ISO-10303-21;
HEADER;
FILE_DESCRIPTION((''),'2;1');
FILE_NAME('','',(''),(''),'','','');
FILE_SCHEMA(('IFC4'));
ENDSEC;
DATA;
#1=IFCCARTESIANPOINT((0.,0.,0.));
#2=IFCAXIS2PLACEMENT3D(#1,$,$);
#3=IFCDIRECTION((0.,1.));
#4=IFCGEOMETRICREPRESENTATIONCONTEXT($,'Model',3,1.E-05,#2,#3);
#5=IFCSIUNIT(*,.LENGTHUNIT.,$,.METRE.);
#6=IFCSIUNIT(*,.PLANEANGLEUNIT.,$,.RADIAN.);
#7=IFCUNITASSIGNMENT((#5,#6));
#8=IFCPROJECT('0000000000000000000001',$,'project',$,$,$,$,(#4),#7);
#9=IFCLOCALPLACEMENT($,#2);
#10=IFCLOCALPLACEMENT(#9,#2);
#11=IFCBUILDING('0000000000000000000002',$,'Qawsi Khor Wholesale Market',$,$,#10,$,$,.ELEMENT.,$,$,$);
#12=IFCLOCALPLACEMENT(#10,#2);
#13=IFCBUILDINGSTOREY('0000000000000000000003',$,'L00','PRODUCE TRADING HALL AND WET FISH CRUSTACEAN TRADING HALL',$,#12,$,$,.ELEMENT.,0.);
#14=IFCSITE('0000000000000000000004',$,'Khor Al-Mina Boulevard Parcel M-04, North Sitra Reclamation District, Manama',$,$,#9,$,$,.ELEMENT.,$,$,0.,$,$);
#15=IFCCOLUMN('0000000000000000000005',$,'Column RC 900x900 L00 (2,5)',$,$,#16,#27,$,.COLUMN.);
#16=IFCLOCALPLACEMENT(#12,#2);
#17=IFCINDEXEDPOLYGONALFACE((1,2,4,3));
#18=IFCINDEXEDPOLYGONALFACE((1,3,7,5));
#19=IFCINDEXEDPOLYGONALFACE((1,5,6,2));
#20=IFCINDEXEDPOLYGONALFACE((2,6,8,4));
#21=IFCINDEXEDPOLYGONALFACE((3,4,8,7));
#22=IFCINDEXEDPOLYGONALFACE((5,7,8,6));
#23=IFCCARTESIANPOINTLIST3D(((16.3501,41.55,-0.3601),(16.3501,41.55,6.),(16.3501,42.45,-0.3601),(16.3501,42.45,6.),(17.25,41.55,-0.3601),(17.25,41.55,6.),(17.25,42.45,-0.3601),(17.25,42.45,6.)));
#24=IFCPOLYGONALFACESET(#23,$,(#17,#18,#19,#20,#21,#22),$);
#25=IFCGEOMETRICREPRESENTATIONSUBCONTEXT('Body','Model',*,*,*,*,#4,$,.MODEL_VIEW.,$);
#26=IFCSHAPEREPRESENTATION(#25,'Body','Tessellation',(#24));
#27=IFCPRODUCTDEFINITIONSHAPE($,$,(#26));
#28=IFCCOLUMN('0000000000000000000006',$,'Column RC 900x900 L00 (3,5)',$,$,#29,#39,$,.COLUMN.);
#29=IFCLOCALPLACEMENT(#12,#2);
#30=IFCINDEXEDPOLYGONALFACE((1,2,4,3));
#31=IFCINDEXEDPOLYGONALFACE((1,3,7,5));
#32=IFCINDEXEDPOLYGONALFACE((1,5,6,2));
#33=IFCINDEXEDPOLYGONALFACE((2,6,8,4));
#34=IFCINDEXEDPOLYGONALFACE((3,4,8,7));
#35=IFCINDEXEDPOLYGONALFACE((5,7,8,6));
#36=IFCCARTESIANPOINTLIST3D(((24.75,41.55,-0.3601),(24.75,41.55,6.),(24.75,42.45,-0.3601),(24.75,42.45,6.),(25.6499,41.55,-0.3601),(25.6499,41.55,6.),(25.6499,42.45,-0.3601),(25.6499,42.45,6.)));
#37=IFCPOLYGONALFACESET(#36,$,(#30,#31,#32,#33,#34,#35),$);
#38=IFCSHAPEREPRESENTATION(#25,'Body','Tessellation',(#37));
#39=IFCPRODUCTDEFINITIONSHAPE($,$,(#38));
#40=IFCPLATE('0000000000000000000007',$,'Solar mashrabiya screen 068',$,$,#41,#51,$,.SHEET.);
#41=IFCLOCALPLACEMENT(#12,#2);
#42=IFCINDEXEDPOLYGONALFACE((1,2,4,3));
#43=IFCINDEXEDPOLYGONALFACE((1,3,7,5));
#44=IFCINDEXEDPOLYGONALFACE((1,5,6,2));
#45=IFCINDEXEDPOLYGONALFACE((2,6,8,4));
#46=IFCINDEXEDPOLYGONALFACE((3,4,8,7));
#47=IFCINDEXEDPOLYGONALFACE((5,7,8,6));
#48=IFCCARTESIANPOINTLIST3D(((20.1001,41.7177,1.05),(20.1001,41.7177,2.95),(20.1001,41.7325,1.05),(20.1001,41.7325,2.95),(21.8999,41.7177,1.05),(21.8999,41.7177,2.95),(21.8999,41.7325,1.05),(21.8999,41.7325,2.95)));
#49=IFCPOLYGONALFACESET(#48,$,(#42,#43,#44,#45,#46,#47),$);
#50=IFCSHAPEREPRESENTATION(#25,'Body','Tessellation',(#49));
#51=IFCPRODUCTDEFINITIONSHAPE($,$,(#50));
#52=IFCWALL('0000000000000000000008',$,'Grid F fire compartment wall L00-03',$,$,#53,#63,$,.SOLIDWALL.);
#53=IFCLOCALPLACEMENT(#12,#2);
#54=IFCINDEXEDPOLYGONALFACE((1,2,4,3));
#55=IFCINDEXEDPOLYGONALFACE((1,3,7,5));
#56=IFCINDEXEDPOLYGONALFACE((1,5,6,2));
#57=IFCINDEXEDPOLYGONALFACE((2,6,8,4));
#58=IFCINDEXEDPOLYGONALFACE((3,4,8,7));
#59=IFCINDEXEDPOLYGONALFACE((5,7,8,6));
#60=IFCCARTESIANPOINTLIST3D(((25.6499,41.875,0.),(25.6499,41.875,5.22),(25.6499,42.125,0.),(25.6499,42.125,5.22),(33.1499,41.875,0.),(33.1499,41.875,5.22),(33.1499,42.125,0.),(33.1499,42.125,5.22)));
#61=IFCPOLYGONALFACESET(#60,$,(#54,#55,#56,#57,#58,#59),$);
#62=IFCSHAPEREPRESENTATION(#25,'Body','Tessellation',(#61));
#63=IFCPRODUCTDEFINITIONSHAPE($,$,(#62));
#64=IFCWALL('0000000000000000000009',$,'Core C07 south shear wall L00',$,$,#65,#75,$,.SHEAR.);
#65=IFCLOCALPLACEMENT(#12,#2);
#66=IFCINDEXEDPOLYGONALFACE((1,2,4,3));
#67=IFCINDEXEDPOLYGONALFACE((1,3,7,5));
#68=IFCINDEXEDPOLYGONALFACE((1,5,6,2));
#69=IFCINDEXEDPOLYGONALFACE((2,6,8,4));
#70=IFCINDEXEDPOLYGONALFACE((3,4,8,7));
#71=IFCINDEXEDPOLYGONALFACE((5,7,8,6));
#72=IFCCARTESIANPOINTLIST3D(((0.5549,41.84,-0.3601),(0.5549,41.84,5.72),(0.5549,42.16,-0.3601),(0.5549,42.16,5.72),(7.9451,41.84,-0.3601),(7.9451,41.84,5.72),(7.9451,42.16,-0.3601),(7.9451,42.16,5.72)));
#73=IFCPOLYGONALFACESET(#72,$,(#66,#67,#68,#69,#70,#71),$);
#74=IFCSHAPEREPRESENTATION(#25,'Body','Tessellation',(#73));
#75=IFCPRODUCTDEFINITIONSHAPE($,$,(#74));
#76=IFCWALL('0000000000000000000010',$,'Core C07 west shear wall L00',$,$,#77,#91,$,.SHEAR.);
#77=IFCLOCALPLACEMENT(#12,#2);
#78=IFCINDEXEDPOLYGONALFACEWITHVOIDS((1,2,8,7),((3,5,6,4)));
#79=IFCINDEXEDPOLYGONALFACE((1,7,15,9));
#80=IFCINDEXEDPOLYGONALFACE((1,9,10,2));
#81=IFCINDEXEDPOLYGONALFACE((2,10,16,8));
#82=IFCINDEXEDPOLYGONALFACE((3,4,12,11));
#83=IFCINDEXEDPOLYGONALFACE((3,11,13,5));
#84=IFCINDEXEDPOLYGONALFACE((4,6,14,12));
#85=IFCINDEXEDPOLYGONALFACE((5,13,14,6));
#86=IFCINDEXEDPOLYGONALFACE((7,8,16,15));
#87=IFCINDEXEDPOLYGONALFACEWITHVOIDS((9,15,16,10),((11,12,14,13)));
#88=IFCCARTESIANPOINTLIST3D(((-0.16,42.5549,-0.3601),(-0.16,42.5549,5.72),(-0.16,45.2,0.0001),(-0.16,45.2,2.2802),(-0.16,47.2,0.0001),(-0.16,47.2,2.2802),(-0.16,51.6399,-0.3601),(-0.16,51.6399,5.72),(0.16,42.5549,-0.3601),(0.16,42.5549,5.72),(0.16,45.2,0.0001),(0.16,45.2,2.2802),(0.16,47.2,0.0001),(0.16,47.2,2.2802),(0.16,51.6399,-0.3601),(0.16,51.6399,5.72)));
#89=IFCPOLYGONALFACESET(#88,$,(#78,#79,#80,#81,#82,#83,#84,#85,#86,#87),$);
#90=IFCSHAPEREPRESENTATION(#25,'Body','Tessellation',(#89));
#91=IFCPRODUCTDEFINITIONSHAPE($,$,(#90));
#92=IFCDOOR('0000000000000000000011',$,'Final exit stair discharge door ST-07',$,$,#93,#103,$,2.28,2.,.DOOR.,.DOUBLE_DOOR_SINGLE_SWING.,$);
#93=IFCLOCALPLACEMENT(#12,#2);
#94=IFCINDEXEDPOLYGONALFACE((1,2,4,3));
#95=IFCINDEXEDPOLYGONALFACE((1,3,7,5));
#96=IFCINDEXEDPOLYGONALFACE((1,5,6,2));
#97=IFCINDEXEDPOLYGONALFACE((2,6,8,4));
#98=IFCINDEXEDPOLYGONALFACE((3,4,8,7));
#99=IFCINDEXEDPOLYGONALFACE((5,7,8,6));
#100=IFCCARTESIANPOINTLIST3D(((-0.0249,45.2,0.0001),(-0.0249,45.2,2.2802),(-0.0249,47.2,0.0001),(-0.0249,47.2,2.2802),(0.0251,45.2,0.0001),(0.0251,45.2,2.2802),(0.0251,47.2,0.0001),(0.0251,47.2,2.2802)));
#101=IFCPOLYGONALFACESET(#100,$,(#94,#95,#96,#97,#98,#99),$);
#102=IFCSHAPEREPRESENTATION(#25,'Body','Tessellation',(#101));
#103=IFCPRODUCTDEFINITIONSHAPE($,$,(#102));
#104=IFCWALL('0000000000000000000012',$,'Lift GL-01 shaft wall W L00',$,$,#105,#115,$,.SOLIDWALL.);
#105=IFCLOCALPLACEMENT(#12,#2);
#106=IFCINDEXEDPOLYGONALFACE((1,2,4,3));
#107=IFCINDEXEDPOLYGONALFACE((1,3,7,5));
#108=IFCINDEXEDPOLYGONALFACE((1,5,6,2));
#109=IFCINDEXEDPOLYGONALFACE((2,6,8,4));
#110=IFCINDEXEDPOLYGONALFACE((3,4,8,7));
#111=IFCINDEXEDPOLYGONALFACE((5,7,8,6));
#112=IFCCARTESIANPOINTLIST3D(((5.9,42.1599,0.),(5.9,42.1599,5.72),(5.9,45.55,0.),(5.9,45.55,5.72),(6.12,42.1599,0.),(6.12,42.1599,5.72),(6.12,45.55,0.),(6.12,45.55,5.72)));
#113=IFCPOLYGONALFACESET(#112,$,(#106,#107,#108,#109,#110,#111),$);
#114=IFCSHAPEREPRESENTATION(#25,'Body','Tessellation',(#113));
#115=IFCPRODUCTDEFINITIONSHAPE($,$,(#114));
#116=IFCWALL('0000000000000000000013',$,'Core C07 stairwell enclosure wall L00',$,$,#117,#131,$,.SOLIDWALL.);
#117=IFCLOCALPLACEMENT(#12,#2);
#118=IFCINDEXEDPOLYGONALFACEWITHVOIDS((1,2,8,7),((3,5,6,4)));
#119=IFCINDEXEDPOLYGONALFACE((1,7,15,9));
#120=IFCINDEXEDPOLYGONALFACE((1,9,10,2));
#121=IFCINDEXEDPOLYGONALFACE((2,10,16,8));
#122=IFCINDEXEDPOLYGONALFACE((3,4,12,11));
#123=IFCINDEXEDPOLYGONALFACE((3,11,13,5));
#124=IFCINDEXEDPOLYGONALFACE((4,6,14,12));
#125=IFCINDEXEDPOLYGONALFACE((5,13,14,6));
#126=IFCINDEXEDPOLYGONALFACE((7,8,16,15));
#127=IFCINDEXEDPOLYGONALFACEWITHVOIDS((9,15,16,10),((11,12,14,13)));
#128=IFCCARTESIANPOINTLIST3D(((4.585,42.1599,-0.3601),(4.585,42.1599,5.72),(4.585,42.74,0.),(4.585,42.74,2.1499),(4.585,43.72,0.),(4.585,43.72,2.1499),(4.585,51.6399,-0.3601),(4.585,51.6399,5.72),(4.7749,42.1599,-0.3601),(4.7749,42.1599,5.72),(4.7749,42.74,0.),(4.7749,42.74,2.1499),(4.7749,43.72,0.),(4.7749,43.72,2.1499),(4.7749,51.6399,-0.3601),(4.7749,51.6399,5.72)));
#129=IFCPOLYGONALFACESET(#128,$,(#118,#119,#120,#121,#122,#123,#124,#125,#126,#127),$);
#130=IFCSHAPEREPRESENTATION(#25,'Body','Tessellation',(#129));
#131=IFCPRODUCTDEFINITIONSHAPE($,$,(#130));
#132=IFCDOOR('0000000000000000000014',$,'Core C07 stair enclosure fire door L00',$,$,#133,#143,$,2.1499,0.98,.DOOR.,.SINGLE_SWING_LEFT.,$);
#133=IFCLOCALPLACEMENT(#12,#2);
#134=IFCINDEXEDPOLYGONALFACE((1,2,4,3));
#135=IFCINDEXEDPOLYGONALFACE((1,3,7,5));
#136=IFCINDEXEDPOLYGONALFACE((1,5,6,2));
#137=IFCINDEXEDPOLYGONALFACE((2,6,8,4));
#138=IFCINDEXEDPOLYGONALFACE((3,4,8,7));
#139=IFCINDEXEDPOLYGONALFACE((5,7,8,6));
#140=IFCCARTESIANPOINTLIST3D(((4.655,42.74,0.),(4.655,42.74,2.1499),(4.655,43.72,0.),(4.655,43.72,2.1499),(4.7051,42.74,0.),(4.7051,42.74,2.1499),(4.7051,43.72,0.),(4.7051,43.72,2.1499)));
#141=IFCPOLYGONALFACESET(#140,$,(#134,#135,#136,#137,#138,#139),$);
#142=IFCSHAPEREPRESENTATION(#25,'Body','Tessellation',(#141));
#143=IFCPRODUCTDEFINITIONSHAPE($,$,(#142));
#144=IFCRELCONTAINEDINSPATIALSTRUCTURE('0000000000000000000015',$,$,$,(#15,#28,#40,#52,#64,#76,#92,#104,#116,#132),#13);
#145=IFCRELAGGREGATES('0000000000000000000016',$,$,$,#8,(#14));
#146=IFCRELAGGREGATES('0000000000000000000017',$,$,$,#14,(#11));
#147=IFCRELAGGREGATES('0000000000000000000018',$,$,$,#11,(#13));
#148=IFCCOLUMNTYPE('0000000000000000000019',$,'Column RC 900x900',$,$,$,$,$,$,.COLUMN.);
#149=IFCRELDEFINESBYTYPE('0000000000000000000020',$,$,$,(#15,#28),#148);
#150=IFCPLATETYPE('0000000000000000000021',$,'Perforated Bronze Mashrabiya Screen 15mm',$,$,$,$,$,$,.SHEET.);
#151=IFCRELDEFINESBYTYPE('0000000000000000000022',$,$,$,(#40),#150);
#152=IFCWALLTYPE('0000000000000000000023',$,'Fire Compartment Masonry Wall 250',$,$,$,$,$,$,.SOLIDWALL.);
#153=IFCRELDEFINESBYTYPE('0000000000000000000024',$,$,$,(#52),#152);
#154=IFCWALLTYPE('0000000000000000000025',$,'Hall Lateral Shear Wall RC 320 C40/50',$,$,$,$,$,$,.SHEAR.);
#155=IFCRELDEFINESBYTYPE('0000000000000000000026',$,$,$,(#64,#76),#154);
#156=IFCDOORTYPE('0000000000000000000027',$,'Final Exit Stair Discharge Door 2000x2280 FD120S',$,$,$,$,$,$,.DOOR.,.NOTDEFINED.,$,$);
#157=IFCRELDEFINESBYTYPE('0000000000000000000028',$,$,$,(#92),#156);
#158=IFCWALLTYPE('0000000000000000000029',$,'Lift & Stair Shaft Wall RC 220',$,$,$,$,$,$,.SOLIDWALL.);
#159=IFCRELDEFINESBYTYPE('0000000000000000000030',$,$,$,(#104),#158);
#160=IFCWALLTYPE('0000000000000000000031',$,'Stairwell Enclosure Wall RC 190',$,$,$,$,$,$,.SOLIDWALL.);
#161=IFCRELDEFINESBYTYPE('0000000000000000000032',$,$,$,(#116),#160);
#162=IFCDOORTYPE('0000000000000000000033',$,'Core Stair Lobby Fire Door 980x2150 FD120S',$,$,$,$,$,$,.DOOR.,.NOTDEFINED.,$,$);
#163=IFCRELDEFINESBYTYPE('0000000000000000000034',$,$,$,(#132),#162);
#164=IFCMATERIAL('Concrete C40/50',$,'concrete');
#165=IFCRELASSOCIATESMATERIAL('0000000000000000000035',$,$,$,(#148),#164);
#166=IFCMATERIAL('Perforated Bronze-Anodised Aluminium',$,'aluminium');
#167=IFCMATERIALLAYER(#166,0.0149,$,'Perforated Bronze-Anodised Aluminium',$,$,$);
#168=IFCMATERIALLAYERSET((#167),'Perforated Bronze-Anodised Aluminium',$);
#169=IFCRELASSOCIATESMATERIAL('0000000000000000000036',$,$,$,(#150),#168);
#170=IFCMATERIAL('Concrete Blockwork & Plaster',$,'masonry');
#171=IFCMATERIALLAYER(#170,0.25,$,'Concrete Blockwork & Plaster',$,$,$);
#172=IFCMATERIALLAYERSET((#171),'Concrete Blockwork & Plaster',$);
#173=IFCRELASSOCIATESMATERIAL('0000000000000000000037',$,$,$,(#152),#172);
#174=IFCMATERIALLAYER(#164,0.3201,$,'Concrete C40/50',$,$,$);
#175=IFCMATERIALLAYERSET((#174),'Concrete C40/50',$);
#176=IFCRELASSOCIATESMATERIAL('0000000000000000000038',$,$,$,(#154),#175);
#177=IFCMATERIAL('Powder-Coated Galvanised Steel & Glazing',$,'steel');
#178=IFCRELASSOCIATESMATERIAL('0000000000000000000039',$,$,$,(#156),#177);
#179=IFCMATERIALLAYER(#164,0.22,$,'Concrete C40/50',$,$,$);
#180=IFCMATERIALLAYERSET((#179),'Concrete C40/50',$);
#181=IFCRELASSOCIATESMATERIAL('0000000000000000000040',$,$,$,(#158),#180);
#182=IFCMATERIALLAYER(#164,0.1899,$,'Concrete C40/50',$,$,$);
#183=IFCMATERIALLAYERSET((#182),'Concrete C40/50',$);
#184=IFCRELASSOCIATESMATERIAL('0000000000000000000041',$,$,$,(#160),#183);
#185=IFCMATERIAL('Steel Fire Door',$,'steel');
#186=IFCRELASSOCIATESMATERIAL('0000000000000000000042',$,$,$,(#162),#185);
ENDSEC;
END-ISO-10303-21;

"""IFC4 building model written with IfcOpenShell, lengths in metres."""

from ifc_helpers import new_model, si_unit, direction, frame, frame_2d, origin, origin_2d, place, context, subcontext, project, spatial, rectangle, extrude, material, layer, layer_set, material_profile, profile_set, type_object, element, fill, save


model = new_model("IFC4")

# Units and contexts
model_context = context("Model", 3, precision=1e-05, world=origin(), true_north=direction((0.0, 1.0)))
body_context = subcontext(model_context, "Body", "Model", "MODEL_VIEW")
ifc_project = project(units=[si_unit("LENGTHUNIT", "METRE"), si_unit("PLANEANGLEUNIT", "RADIAN")], contexts=[model_context])

# Site, building, storey
site_placement = place(None, origin())
site = spatial("IfcSite", under=ifc_project, at=site_placement, Name="Khor Al-Mina Boulevard Parcel M-04, North Sitra Reclamation District, Manama", CompositionType="ELEMENT", RefElevation=0.0)
building_placement = place(site_placement, origin())
building = spatial("IfcBuilding", under=site, at=building_placement, Name="Qawsi Khor Wholesale Market", CompositionType="ELEMENT")
storey_placement = place(building_placement, origin())
storey = spatial("IfcBuildingStorey", under=building, at=storey_placement, Name="L00", Description="PRODUCE TRADING HALL AND WET FISH CRUSTACEAN TRADING HALL", CompositionType="ELEMENT", Elevation=0.0)

# Columns
ifc_material_1 = material(Name="Concrete C40/50", Category="concrete")
ifc_material_profile_1 = material_profile(ifc_material_1, rectangle(XDim=0.8999, YDim=0.8999, at=origin_2d()), Name="RC 900x900")
ifc_profile_set_1 = profile_set([ifc_material_profile_1], Name="Concrete C40/50")
column_type_1 = type_object("IfcColumnType", Name="Column RC 900x900", PredefinedType="COLUMN", material=ifc_profile_set_1)
for number, where, z_axis, x_axis, name in (
    (1, (16.8, 42.0, -0.3601), (0.0, 0.0, 1.0), (1.0, 0.0, 0.0), "Column RC 900x900 L00 (2,5)"),
    (2, (25.2, 42.0, -0.3601), (0.0, 0.0, 1.0), (1.0, 0.0, 0.0), "Column RC 900x900 L00 (3,5)"),
):
    element("IfcColumn", number, at=place(storey_placement, frame(where, z_axis=z_axis, x_axis=x_axis)), inside=storey, type_object=column_type_1, Name=name, PredefinedType="COLUMN", context=body_context, shape_type="SweptSolid", body=[
        extrude(rectangle(XDim=0.8999, YDim=0.8999, at=origin_2d()), origin(), (0.0, 0.0, 1.0), 6.3601),
    ])

# Plate
ifc_material_2 = material(Name="Perforated Bronze-Anodised Aluminium", Category="aluminium")
ifc_layer_1 = layer(ifc_material_2, 0.0149, Name="Perforated Bronze-Anodised Aluminium")
ifc_layer_set_1 = layer_set([ifc_layer_1], Name="Perforated Bronze-Anodised Aluminium")
plate_type = type_object("IfcPlateType", Name="Perforated Bronze Mashrabiya Screen 15mm", PredefinedType="SHEET", material=ifc_layer_set_1)
plate_placement = place(storey_placement, frame((21.8999, 41.7251, 1.05), z_axis=(0.0, 0.0, 1.0), x_axis=(-1.0, 0.0, 0.0)))
element("IfcPlate", 3, at=plate_placement, inside=storey, type_object=plate_type, Name="Solar mashrabiya screen 068", PredefinedType="SHEET", context=body_context, shape_type="SweptSolid", body=[
    extrude(rectangle(XDim=1.7998, YDim=0.0149, at=frame_2d((0.8999, 0.0))), origin(), (0.0, 0.0, 1.0), 1.8999),
])

# Walls
ifc_material_3 = material(Name="Concrete Blockwork & Plaster", Category="masonry")
ifc_layer_2 = layer(ifc_material_3, 0.25, Name="Concrete Blockwork & Plaster")
ifc_layer_set_2 = layer_set([ifc_layer_2], Name="Concrete Blockwork & Plaster")
wall_type_1 = type_object("IfcWallType", Name="Fire Compartment Masonry Wall 250", PredefinedType="SOLIDWALL", material=ifc_layer_set_2)
wall_1_placement = place(storey_placement, frame((25.6499, 42.0, 0.0), z_axis=(0.0, 0.0, 1.0), x_axis=(1.0, 0.0, 0.0)))
element("IfcWall", 4, at=wall_1_placement, inside=storey, type_object=wall_type_1, Name="Grid F fire compartment wall L00-03", PredefinedType="SOLIDWALL", context=body_context, shape_type="SweptSolid", body=[
    extrude(rectangle(XDim=7.5, YDim=0.25, at=frame_2d((3.75, 0.0))), origin(), (0.0, 0.0, 1.0), 5.22),
])
ifc_layer_3 = layer(ifc_material_1, 0.3201, Name="Concrete C40/50")
ifc_layer_set_3 = layer_set([ifc_layer_3], Name="Concrete C40/50")
wall_type_2 = type_object("IfcWallType", Name="Hall Lateral Shear Wall RC 320 C40/50", PredefinedType="SHEAR", material=ifc_layer_set_3)
wall_2_placement = place(storey_placement, frame((7.9451, 42.0, -0.3601), z_axis=(0.0, 0.0, 1.0), x_axis=(-1.0, 0.0, 0.0)))
element("IfcWall", 5, at=wall_2_placement, inside=storey, type_object=wall_type_2, Name="Core C07 south shear wall L00", PredefinedType="SHEAR", context=body_context, shape_type="SweptSolid", body=[
    extrude(rectangle(XDim=7.3901, YDim=0.3201, at=frame_2d((3.6951, 0.0))), origin(), (0.0, 0.0, 1.0), 6.0801),
])

# Wall, opening, door
wall_3_placement = place(storey_placement, frame((0.0, 42.5549, -0.3601), z_axis=(0.0, 0.0, 1.0), x_axis=(0.0, 1.0, 0.0)))
wall_3 = element("IfcWall", 6, at=wall_3_placement, inside=storey, type_object=wall_type_2, Name="Core C07 west shear wall L00", PredefinedType="SHEAR", context=body_context, shape_type="SweptSolid", body=[
    extrude(rectangle(XDim=9.085, YDim=0.3201, at=frame_2d((4.5425, 0.0))), origin(), (0.0, 0.0, 1.0), 6.0801),
])
opening_1_placement = place(wall_3_placement, frame((2.645, 0.0, 0.3601)))
opening_1 = element("IfcOpeningElement", 7, at=opening_1_placement, cuts=wall_3, PredefinedType="OPENING", context=body_context, shape_type="SweptSolid", body=[
    extrude(rectangle(XDim=2.0, YDim=2.28, at=frame_2d((1.0, 1.1401))), frame((0.0, 0.1699, 0.0), z_axis=(0.0, -1.0, 0.0), x_axis=(1.0, 0.0, 0.0)), (0.0, 0.0, 1.0), 0.3401),
])
ifc_material_4 = material(Name="Powder-Coated Galvanised Steel & Glazing", Category="steel")
door_type_1 = type_object("IfcDoorType", Name="Final Exit Stair Discharge Door 2000x2280 FD120S", OperationType="NOTDEFINED", PredefinedType="DOOR", material=ifc_material_4)
door_1_placement = place(opening_1_placement, origin())
door_1 = element("IfcDoor", 8, at=door_1_placement, inside=storey, type_object=door_type_1, Name="Final exit stair discharge door ST-07", OperationType="DOUBLE_DOOR_SINGLE_SWING", OverallHeight=2.28, OverallWidth=2.0, PredefinedType="DOOR", context=body_context, shape_type="SweptSolid", body=[
    extrude(rectangle(XDim=2.0, YDim=2.28, at=frame_2d((1.0, 1.1401))), frame((0.0, 0.0249, 0.0), z_axis=(0.0, -1.0, 0.0), x_axis=(1.0, 0.0, 0.0)), (0.0, 0.0, 1.0), 0.05),
])
fill(opening_1, door_1)

# Wall
ifc_layer_4 = layer(ifc_material_1, 0.22, Name="Concrete C40/50")
ifc_layer_set_4 = layer_set([ifc_layer_4], Name="Concrete C40/50")
wall_type_3 = type_object("IfcWallType", Name="Lift & Stair Shaft Wall RC 220", PredefinedType="SOLIDWALL", material=ifc_layer_set_4)
wall_4_placement = place(storey_placement, frame((6.01, 42.1599, 0.0), z_axis=(0.0, 0.0, 1.0), x_axis=(0.0, 1.0, 0.0)))
element("IfcWall", 9, at=wall_4_placement, inside=storey, type_object=wall_type_3, Name="Lift GL-01 shaft wall W L00", PredefinedType="SOLIDWALL", context=body_context, shape_type="SweptSolid", body=[
    extrude(rectangle(XDim=3.3901, YDim=0.22, at=frame_2d((1.6951, 0.0))), origin(), (0.0, 0.0, 1.0), 5.72),
])

# Wall, opening, door
ifc_layer_5 = layer(ifc_material_1, 0.1899, Name="Concrete C40/50")
ifc_layer_set_5 = layer_set([ifc_layer_5], Name="Concrete C40/50")
wall_type_4 = type_object("IfcWallType", Name="Stairwell Enclosure Wall RC 190", PredefinedType="SOLIDWALL", material=ifc_layer_set_5)
wall_5_placement = place(storey_placement, frame((4.6799, 42.1599, -0.3601), z_axis=(0.0, 0.0, 1.0), x_axis=(0.0, 1.0, 0.0)))
wall_5 = element("IfcWall", 10, at=wall_5_placement, inside=storey, type_object=wall_type_4, Name="Core C07 stairwell enclosure wall L00", PredefinedType="SOLIDWALL", context=body_context, shape_type="SweptSolid", body=[
    extrude(rectangle(XDim=9.48, YDim=0.1899, at=frame_2d((4.74, 0.0))), origin(), (0.0, 0.0, 1.0), 6.0801),
])
opening_2_placement = place(wall_5_placement, frame((0.5801, 0.0, 0.3601)))
opening_2 = element("IfcOpeningElement", 11, at=opening_2_placement, cuts=wall_5, PredefinedType="OPENING", context=body_context, shape_type="SweptSolid", body=[
    extrude(rectangle(XDim=0.98, YDim=2.1499, at=frame_2d((0.49, 1.075))), frame((0.0, 0.105, 0.0), z_axis=(0.0, -1.0, 0.0), x_axis=(1.0, 0.0, 0.0)), (0.0, 0.0, 1.0), 0.21),
])
ifc_material_5 = material(Name="Steel Fire Door", Category="steel")
door_type_2 = type_object("IfcDoorType", Name="Core Stair Lobby Fire Door 980x2150 FD120S", OperationType="NOTDEFINED", PredefinedType="DOOR", material=ifc_material_5)
door_2_placement = place(opening_2_placement, origin())
door_2 = element("IfcDoor", 12, at=door_2_placement, inside=storey, type_object=door_type_2, Name="Core C07 stair enclosure fire door L00", OperationType="SINGLE_SWING_LEFT", OverallHeight=2.1499, OverallWidth=0.98, PredefinedType="DOOR", context=body_context, shape_type="SweptSolid", body=[
    extrude(rectangle(XDim=0.98, YDim=2.1499, at=frame_2d((0.49, 1.075))), frame((0.0, 0.0249, 0.0), z_axis=(0.0, -1.0, 0.0), x_axis=(1.0, 0.0, 0.0)), (0.0, 0.0, 1.0), 0.05),
])
fill(opening_2, door_2)

save(model, "model.ifc")
